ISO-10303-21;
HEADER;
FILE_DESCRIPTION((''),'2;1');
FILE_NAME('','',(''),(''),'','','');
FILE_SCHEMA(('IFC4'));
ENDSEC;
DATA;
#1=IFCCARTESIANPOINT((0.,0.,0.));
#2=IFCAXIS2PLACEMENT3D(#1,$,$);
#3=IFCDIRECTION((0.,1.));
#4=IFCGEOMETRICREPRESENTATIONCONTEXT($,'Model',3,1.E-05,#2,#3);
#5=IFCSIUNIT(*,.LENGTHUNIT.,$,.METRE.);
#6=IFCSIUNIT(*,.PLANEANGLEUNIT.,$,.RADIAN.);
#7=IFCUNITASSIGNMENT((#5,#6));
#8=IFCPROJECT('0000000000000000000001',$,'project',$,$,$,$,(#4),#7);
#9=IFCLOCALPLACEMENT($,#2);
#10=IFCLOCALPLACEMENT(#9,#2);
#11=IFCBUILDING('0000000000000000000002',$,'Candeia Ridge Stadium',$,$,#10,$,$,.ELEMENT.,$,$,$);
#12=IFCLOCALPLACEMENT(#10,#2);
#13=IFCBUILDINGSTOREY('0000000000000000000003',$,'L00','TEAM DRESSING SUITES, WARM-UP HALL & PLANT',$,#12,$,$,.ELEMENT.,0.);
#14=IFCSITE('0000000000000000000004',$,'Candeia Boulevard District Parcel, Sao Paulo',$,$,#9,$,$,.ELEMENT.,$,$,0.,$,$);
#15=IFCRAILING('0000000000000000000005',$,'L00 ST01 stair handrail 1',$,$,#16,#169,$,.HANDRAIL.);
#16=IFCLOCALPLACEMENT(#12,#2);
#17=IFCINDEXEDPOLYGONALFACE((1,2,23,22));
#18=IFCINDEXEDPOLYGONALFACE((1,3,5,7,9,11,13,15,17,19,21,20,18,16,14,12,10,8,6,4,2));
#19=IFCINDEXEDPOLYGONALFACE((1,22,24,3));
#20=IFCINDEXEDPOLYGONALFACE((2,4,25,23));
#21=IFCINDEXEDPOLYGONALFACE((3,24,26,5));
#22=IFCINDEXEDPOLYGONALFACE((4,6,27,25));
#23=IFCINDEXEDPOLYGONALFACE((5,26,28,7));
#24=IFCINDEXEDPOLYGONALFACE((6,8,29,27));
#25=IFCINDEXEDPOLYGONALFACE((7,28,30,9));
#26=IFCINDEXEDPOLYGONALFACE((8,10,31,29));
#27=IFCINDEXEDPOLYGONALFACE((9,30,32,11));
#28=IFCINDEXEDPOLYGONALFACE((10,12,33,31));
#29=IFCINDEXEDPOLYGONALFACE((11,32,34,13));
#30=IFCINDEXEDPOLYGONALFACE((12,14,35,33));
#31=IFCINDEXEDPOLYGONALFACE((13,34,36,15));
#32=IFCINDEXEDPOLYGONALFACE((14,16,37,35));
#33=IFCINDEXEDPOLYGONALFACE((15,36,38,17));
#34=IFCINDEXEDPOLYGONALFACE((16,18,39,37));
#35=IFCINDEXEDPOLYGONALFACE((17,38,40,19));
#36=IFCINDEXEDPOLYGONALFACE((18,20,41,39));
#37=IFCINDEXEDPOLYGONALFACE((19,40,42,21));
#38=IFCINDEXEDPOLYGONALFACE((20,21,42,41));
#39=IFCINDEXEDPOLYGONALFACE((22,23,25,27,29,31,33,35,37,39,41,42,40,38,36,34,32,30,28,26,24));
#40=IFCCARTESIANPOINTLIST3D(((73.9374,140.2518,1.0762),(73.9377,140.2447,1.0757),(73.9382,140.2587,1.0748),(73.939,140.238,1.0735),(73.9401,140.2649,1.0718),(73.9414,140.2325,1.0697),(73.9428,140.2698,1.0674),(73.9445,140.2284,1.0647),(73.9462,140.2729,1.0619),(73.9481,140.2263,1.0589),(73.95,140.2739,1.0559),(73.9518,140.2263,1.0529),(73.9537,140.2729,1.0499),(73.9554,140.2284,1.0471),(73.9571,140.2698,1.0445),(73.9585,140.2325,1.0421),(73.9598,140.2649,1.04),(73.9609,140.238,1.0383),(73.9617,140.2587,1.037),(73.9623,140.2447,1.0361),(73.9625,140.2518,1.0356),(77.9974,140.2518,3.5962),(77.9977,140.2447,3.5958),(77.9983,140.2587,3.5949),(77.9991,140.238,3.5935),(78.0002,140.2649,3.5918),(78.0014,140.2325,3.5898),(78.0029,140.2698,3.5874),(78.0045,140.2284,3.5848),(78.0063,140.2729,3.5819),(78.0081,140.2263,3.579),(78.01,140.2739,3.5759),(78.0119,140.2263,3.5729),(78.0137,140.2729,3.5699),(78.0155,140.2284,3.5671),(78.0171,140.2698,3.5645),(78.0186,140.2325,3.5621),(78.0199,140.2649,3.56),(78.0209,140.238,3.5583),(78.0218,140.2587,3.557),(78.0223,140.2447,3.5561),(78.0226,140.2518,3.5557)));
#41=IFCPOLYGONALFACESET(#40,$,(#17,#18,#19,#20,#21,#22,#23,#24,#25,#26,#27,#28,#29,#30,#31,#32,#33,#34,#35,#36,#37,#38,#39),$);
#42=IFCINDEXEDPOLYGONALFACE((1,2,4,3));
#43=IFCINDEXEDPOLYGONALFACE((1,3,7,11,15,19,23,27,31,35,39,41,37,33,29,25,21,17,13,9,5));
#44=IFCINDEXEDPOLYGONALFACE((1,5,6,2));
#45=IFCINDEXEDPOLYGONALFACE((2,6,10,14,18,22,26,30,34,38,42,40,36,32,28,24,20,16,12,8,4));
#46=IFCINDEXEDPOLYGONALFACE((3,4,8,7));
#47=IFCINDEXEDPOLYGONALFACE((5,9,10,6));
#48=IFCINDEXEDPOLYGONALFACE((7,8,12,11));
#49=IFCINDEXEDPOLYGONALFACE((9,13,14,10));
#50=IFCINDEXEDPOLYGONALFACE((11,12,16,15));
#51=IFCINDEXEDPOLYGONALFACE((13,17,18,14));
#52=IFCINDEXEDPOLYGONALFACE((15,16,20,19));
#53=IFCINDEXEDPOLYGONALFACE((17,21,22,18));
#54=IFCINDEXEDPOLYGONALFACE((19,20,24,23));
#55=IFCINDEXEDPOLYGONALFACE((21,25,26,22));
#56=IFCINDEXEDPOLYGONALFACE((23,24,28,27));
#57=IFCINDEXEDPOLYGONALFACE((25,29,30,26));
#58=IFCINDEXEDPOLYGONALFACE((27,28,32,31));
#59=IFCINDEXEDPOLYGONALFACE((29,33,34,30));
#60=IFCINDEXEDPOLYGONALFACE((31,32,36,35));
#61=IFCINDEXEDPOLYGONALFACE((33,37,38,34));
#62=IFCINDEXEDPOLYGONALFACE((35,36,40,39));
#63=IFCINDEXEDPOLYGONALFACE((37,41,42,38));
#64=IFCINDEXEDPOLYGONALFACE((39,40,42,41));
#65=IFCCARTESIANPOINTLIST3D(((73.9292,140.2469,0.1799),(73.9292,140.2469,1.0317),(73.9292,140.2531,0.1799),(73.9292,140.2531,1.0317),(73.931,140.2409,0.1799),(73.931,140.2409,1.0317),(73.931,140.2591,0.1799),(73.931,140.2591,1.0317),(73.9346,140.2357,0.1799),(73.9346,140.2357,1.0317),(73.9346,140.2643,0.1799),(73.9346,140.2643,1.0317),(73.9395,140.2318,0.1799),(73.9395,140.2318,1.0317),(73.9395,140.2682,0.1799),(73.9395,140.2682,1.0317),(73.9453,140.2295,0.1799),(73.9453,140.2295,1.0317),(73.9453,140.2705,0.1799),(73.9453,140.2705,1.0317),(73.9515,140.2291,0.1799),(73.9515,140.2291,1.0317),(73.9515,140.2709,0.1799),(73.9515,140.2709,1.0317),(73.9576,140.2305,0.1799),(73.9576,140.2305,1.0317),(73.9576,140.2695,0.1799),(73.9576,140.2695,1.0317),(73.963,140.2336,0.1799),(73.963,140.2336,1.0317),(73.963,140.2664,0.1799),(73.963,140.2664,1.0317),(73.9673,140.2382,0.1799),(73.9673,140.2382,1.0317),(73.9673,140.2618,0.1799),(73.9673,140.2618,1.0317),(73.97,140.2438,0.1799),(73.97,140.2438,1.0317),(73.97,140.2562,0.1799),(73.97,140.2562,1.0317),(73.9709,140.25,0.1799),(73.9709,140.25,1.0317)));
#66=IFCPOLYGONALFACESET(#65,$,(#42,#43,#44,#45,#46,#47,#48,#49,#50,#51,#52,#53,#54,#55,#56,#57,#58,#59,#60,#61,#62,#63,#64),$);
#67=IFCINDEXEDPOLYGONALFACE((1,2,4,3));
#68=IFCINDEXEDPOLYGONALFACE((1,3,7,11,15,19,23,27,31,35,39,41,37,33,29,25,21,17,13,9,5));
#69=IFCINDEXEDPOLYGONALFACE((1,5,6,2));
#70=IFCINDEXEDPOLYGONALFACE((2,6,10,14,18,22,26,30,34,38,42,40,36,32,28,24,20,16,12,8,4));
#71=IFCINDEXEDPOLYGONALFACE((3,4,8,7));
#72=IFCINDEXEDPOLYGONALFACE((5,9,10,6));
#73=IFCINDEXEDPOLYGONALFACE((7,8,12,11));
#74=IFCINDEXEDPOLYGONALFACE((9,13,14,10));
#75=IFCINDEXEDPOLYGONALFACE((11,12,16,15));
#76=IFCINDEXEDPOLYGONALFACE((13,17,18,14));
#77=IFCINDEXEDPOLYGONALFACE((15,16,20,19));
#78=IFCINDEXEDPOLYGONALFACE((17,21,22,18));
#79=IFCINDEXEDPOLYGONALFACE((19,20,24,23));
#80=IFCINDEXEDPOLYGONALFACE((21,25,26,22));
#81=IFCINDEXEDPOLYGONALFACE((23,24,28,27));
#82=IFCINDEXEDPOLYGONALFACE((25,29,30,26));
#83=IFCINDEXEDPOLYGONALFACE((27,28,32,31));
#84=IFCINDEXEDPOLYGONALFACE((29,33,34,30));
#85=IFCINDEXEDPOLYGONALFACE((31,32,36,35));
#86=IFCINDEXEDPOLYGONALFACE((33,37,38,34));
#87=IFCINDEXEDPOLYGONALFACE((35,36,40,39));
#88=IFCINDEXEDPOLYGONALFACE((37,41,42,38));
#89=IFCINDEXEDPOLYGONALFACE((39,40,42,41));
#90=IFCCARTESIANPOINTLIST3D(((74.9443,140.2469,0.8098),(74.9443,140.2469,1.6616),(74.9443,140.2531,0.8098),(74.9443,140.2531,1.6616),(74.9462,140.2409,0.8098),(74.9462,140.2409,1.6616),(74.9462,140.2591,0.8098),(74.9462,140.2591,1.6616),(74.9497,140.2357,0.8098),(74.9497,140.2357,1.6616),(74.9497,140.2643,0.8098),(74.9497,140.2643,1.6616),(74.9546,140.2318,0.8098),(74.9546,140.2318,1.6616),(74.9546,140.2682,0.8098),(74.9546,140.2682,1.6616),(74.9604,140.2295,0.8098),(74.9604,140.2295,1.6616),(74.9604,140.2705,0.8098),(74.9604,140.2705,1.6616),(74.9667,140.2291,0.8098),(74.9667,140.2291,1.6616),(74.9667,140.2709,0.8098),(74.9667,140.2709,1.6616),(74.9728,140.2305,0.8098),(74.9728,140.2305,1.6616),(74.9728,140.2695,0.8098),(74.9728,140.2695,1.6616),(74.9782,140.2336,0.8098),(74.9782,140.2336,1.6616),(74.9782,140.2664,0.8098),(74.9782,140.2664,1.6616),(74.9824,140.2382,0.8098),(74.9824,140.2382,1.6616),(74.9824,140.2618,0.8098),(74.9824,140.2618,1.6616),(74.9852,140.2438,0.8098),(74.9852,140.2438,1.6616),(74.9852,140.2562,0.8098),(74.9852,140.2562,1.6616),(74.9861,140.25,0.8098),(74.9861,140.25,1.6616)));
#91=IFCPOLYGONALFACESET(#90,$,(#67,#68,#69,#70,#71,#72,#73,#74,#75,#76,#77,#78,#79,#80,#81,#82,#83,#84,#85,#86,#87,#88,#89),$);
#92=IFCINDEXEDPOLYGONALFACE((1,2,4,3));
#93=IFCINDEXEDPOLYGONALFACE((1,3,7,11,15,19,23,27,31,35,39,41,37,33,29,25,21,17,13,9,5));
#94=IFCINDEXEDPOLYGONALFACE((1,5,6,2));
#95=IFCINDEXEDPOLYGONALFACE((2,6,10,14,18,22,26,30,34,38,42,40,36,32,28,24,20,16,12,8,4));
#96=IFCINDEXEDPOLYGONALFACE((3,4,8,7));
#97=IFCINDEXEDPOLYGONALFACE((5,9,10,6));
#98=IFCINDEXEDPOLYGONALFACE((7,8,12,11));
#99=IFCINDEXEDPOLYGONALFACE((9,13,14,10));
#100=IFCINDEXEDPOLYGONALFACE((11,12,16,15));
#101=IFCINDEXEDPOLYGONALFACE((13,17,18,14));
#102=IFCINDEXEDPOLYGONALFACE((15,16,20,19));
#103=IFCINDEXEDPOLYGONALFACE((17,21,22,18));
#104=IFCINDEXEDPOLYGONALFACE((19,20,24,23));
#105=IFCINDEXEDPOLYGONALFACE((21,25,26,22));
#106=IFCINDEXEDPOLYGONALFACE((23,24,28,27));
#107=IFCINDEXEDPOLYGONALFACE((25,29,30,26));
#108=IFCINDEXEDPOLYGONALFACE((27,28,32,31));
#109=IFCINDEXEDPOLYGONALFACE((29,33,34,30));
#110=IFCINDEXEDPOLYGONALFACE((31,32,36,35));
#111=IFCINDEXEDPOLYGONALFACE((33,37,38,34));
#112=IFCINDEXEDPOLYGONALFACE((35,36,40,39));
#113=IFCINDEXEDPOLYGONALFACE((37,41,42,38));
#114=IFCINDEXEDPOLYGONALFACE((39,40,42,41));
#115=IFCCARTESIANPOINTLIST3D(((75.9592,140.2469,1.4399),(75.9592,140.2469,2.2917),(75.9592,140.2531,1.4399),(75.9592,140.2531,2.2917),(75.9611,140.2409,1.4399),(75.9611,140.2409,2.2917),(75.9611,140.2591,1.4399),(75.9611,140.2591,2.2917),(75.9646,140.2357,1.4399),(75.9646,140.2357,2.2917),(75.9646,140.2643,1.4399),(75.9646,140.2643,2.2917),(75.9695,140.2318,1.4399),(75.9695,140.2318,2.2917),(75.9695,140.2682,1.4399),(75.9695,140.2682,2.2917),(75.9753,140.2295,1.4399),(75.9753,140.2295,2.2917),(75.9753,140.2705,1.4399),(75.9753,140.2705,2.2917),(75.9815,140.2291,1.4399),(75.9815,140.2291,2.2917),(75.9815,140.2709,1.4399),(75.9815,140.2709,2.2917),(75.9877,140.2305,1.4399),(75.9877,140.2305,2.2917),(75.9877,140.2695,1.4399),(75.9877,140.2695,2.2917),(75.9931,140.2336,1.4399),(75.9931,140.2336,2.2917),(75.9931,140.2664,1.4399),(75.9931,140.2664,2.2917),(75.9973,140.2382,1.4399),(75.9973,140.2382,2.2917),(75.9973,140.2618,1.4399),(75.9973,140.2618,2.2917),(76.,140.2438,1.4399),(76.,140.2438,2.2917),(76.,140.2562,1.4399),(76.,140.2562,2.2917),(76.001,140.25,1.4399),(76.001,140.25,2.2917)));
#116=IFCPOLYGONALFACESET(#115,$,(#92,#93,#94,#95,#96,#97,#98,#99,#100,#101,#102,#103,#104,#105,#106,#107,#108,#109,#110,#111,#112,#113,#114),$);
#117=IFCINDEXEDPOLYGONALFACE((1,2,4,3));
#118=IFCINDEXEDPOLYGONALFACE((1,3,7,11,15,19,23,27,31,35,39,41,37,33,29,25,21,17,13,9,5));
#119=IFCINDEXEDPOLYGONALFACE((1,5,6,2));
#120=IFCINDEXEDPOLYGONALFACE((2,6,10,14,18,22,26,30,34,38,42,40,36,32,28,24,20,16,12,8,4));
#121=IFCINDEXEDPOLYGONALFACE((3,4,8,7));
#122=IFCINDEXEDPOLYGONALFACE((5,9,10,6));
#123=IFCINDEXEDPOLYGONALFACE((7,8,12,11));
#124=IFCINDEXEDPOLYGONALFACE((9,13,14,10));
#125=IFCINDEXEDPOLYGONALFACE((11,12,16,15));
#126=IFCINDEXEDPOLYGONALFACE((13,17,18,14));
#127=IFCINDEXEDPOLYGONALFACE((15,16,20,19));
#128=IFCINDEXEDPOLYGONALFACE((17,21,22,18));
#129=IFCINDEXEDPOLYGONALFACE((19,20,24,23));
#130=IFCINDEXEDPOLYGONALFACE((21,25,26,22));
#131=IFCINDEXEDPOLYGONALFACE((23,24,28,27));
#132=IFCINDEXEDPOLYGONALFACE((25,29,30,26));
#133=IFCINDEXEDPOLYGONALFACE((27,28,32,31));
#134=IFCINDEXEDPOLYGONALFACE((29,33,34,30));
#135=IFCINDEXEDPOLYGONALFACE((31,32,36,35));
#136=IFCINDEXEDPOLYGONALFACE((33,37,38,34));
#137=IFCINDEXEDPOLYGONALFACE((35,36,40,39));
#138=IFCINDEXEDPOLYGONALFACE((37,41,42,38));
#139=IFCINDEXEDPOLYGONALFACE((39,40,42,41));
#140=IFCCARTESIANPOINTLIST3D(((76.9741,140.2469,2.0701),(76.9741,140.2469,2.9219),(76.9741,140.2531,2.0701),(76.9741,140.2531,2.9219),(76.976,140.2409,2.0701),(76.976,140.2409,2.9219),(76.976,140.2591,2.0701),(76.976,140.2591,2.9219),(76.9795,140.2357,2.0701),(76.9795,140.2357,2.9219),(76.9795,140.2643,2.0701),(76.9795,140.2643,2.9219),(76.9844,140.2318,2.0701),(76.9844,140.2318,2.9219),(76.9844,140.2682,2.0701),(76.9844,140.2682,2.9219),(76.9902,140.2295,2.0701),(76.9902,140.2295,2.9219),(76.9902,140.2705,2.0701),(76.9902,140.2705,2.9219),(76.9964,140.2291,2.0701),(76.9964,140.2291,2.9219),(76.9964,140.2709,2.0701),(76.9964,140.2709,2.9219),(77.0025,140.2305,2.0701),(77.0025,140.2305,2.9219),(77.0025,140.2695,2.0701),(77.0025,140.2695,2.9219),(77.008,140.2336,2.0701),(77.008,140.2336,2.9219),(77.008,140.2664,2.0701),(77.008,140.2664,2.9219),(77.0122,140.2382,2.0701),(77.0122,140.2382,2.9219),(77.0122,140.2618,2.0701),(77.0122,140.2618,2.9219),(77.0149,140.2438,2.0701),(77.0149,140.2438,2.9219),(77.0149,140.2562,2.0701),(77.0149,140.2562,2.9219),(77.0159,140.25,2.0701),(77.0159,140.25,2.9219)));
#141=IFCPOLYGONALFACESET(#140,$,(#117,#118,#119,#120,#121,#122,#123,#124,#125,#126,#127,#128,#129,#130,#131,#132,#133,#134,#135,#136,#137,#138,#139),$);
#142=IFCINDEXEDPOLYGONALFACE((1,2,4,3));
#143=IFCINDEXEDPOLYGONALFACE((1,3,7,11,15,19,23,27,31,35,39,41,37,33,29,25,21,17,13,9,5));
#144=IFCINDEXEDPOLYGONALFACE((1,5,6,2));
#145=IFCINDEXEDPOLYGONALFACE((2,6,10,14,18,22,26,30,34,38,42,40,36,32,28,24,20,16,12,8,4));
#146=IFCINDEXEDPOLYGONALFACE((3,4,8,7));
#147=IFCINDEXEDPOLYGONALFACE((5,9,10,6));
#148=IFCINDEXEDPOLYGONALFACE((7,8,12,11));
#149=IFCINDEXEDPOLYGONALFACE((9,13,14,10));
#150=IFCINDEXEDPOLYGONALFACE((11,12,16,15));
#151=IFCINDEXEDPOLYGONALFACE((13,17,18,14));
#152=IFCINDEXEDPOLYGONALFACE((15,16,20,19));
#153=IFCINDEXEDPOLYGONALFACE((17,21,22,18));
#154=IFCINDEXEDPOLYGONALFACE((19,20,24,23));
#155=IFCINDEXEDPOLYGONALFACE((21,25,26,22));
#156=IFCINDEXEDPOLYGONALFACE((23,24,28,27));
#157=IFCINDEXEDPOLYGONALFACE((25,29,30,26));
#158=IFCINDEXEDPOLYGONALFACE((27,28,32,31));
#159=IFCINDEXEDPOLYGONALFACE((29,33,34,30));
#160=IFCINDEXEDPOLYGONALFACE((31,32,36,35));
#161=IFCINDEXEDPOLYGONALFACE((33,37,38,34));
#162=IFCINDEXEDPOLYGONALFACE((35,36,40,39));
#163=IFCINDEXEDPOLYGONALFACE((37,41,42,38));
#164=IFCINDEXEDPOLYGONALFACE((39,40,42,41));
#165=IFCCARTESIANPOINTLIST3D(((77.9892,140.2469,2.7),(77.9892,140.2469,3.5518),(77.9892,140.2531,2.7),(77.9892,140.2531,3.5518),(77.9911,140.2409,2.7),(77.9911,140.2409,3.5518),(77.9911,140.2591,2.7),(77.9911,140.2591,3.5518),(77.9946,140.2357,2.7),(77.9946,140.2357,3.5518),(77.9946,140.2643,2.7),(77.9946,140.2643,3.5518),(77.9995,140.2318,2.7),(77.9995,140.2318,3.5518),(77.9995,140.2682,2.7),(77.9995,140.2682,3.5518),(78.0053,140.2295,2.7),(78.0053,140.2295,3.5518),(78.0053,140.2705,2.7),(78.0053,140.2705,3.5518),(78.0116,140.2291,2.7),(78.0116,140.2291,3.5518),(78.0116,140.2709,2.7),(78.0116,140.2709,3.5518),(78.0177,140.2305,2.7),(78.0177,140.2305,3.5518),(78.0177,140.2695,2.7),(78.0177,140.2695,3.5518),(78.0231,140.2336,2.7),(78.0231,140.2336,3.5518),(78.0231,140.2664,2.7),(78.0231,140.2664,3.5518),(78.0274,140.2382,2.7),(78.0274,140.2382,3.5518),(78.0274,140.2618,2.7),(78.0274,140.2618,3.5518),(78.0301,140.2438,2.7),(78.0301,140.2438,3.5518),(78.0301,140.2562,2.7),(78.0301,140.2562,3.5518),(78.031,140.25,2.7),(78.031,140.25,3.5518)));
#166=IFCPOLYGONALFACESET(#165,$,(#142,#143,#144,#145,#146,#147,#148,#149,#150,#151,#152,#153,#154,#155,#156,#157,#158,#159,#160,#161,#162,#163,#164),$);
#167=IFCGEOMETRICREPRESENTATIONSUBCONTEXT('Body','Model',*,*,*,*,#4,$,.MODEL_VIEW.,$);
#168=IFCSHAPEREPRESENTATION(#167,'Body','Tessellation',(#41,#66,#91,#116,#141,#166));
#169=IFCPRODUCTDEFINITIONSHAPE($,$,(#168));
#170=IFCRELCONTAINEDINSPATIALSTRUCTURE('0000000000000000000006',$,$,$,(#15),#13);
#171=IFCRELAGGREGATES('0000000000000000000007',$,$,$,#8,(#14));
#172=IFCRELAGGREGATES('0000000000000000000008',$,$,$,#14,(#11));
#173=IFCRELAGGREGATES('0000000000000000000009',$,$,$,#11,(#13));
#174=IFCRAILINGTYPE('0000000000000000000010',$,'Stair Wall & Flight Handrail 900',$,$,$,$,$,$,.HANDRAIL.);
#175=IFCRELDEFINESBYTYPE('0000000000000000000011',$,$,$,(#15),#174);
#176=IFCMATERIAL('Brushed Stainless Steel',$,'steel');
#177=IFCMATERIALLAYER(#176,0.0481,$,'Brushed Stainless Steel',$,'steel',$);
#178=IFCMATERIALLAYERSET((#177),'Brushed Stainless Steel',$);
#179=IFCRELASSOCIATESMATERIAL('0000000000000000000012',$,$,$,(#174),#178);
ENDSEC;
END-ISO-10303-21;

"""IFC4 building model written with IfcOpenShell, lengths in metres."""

from ifc_helpers import new_model, si_unit, direction, frame, origin, origin_2d, place, context, subcontext, project, spatial, circle, extrude, material, layer, layer_set, type_object, element, save


model = new_model("IFC4")

# Units and contexts
model_context = context("Model", 3, precision=1e-05, world=origin(), true_north=direction((0.0, 1.0)))
body_context = subcontext(model_context, "Body", "Model", "MODEL_VIEW")
ifc_project = project(units=[si_unit("LENGTHUNIT", "METRE"), si_unit("PLANEANGLEUNIT", "RADIAN")], contexts=[model_context])

# Site, building, storey
site_placement = place(None, origin())
site = spatial("IfcSite", under=ifc_project, at=site_placement, Name="Candeia Boulevard District Parcel, Sao Paulo", CompositionType="ELEMENT", RefElevation=0.0)
building_placement = place(site_placement, origin())
building = spatial("IfcBuilding", under=site, at=building_placement, Name="Candeia Ridge Stadium", CompositionType="ELEMENT")
storey_placement = place(building_placement, origin())
storey = spatial("IfcBuildingStorey", under=building, at=storey_placement, Name="L00", Description="TEAM DRESSING SUITES, WARM-UP HALL & PLANT", CompositionType="ELEMENT", Elevation=0.0)

# Railing
ifc_material_1 = material(Name="Brushed Stainless Steel", Category="steel")
ifc_layer_1 = layer(ifc_material_1, 0.0481, Name="Brushed Stainless Steel", Category="steel")
ifc_layer_set_1 = layer_set([ifc_layer_1], Name="Brushed Stainless Steel")
railing_type_1 = type_object("IfcRailingType", Name="Stair Wall & Flight Handrail 900", PredefinedType="HANDRAIL", material=ifc_layer_set_1)
railing_1_placement = place(storey_placement, frame((73.95, 140.25, 0.1799)))
element("IfcRailing", 1, at=railing_1_placement, inside=storey, type_object=railing_type_1, Name="L00 ST01 stair handrail 1", PredefinedType="HANDRAIL", context=body_context, shape_type="SweptSolid", body=[
    extrude(circle(Radius=0.0239, at=origin_2d()), frame((0.0, 0.0, 0.876), z_axis=(0.849642, 0.0, 0.52736), x_axis=(0.0, 1.0, 0.0)), (0.0, 0.0, 1.0), 4.7786),
    extrude(circle(Radius=0.021, at=origin_2d()), origin(), (0.0, 0.0, 1.0), 0.8518),
    extrude(circle(Radius=0.021, at=origin_2d()), frame((1.0151, 0.0, 0.6299)), (0.0, 0.0, 1.0), 0.8518),
    extrude(circle(Radius=0.021, at=origin_2d()), frame((2.03, 0.0, 1.26)), (0.0, 0.0, 1.0), 0.8518),
    extrude(circle(Radius=0.021, at=origin_2d()), frame((3.0449, 0.0, 1.8901)), (0.0, 0.0, 1.0), 0.8518),
    extrude(circle(Radius=0.021, at=origin_2d()), frame((4.0601, 0.0, 2.52)), (0.0, 0.0, 1.0), 0.8518),
])

save(model, "model.ifc")
